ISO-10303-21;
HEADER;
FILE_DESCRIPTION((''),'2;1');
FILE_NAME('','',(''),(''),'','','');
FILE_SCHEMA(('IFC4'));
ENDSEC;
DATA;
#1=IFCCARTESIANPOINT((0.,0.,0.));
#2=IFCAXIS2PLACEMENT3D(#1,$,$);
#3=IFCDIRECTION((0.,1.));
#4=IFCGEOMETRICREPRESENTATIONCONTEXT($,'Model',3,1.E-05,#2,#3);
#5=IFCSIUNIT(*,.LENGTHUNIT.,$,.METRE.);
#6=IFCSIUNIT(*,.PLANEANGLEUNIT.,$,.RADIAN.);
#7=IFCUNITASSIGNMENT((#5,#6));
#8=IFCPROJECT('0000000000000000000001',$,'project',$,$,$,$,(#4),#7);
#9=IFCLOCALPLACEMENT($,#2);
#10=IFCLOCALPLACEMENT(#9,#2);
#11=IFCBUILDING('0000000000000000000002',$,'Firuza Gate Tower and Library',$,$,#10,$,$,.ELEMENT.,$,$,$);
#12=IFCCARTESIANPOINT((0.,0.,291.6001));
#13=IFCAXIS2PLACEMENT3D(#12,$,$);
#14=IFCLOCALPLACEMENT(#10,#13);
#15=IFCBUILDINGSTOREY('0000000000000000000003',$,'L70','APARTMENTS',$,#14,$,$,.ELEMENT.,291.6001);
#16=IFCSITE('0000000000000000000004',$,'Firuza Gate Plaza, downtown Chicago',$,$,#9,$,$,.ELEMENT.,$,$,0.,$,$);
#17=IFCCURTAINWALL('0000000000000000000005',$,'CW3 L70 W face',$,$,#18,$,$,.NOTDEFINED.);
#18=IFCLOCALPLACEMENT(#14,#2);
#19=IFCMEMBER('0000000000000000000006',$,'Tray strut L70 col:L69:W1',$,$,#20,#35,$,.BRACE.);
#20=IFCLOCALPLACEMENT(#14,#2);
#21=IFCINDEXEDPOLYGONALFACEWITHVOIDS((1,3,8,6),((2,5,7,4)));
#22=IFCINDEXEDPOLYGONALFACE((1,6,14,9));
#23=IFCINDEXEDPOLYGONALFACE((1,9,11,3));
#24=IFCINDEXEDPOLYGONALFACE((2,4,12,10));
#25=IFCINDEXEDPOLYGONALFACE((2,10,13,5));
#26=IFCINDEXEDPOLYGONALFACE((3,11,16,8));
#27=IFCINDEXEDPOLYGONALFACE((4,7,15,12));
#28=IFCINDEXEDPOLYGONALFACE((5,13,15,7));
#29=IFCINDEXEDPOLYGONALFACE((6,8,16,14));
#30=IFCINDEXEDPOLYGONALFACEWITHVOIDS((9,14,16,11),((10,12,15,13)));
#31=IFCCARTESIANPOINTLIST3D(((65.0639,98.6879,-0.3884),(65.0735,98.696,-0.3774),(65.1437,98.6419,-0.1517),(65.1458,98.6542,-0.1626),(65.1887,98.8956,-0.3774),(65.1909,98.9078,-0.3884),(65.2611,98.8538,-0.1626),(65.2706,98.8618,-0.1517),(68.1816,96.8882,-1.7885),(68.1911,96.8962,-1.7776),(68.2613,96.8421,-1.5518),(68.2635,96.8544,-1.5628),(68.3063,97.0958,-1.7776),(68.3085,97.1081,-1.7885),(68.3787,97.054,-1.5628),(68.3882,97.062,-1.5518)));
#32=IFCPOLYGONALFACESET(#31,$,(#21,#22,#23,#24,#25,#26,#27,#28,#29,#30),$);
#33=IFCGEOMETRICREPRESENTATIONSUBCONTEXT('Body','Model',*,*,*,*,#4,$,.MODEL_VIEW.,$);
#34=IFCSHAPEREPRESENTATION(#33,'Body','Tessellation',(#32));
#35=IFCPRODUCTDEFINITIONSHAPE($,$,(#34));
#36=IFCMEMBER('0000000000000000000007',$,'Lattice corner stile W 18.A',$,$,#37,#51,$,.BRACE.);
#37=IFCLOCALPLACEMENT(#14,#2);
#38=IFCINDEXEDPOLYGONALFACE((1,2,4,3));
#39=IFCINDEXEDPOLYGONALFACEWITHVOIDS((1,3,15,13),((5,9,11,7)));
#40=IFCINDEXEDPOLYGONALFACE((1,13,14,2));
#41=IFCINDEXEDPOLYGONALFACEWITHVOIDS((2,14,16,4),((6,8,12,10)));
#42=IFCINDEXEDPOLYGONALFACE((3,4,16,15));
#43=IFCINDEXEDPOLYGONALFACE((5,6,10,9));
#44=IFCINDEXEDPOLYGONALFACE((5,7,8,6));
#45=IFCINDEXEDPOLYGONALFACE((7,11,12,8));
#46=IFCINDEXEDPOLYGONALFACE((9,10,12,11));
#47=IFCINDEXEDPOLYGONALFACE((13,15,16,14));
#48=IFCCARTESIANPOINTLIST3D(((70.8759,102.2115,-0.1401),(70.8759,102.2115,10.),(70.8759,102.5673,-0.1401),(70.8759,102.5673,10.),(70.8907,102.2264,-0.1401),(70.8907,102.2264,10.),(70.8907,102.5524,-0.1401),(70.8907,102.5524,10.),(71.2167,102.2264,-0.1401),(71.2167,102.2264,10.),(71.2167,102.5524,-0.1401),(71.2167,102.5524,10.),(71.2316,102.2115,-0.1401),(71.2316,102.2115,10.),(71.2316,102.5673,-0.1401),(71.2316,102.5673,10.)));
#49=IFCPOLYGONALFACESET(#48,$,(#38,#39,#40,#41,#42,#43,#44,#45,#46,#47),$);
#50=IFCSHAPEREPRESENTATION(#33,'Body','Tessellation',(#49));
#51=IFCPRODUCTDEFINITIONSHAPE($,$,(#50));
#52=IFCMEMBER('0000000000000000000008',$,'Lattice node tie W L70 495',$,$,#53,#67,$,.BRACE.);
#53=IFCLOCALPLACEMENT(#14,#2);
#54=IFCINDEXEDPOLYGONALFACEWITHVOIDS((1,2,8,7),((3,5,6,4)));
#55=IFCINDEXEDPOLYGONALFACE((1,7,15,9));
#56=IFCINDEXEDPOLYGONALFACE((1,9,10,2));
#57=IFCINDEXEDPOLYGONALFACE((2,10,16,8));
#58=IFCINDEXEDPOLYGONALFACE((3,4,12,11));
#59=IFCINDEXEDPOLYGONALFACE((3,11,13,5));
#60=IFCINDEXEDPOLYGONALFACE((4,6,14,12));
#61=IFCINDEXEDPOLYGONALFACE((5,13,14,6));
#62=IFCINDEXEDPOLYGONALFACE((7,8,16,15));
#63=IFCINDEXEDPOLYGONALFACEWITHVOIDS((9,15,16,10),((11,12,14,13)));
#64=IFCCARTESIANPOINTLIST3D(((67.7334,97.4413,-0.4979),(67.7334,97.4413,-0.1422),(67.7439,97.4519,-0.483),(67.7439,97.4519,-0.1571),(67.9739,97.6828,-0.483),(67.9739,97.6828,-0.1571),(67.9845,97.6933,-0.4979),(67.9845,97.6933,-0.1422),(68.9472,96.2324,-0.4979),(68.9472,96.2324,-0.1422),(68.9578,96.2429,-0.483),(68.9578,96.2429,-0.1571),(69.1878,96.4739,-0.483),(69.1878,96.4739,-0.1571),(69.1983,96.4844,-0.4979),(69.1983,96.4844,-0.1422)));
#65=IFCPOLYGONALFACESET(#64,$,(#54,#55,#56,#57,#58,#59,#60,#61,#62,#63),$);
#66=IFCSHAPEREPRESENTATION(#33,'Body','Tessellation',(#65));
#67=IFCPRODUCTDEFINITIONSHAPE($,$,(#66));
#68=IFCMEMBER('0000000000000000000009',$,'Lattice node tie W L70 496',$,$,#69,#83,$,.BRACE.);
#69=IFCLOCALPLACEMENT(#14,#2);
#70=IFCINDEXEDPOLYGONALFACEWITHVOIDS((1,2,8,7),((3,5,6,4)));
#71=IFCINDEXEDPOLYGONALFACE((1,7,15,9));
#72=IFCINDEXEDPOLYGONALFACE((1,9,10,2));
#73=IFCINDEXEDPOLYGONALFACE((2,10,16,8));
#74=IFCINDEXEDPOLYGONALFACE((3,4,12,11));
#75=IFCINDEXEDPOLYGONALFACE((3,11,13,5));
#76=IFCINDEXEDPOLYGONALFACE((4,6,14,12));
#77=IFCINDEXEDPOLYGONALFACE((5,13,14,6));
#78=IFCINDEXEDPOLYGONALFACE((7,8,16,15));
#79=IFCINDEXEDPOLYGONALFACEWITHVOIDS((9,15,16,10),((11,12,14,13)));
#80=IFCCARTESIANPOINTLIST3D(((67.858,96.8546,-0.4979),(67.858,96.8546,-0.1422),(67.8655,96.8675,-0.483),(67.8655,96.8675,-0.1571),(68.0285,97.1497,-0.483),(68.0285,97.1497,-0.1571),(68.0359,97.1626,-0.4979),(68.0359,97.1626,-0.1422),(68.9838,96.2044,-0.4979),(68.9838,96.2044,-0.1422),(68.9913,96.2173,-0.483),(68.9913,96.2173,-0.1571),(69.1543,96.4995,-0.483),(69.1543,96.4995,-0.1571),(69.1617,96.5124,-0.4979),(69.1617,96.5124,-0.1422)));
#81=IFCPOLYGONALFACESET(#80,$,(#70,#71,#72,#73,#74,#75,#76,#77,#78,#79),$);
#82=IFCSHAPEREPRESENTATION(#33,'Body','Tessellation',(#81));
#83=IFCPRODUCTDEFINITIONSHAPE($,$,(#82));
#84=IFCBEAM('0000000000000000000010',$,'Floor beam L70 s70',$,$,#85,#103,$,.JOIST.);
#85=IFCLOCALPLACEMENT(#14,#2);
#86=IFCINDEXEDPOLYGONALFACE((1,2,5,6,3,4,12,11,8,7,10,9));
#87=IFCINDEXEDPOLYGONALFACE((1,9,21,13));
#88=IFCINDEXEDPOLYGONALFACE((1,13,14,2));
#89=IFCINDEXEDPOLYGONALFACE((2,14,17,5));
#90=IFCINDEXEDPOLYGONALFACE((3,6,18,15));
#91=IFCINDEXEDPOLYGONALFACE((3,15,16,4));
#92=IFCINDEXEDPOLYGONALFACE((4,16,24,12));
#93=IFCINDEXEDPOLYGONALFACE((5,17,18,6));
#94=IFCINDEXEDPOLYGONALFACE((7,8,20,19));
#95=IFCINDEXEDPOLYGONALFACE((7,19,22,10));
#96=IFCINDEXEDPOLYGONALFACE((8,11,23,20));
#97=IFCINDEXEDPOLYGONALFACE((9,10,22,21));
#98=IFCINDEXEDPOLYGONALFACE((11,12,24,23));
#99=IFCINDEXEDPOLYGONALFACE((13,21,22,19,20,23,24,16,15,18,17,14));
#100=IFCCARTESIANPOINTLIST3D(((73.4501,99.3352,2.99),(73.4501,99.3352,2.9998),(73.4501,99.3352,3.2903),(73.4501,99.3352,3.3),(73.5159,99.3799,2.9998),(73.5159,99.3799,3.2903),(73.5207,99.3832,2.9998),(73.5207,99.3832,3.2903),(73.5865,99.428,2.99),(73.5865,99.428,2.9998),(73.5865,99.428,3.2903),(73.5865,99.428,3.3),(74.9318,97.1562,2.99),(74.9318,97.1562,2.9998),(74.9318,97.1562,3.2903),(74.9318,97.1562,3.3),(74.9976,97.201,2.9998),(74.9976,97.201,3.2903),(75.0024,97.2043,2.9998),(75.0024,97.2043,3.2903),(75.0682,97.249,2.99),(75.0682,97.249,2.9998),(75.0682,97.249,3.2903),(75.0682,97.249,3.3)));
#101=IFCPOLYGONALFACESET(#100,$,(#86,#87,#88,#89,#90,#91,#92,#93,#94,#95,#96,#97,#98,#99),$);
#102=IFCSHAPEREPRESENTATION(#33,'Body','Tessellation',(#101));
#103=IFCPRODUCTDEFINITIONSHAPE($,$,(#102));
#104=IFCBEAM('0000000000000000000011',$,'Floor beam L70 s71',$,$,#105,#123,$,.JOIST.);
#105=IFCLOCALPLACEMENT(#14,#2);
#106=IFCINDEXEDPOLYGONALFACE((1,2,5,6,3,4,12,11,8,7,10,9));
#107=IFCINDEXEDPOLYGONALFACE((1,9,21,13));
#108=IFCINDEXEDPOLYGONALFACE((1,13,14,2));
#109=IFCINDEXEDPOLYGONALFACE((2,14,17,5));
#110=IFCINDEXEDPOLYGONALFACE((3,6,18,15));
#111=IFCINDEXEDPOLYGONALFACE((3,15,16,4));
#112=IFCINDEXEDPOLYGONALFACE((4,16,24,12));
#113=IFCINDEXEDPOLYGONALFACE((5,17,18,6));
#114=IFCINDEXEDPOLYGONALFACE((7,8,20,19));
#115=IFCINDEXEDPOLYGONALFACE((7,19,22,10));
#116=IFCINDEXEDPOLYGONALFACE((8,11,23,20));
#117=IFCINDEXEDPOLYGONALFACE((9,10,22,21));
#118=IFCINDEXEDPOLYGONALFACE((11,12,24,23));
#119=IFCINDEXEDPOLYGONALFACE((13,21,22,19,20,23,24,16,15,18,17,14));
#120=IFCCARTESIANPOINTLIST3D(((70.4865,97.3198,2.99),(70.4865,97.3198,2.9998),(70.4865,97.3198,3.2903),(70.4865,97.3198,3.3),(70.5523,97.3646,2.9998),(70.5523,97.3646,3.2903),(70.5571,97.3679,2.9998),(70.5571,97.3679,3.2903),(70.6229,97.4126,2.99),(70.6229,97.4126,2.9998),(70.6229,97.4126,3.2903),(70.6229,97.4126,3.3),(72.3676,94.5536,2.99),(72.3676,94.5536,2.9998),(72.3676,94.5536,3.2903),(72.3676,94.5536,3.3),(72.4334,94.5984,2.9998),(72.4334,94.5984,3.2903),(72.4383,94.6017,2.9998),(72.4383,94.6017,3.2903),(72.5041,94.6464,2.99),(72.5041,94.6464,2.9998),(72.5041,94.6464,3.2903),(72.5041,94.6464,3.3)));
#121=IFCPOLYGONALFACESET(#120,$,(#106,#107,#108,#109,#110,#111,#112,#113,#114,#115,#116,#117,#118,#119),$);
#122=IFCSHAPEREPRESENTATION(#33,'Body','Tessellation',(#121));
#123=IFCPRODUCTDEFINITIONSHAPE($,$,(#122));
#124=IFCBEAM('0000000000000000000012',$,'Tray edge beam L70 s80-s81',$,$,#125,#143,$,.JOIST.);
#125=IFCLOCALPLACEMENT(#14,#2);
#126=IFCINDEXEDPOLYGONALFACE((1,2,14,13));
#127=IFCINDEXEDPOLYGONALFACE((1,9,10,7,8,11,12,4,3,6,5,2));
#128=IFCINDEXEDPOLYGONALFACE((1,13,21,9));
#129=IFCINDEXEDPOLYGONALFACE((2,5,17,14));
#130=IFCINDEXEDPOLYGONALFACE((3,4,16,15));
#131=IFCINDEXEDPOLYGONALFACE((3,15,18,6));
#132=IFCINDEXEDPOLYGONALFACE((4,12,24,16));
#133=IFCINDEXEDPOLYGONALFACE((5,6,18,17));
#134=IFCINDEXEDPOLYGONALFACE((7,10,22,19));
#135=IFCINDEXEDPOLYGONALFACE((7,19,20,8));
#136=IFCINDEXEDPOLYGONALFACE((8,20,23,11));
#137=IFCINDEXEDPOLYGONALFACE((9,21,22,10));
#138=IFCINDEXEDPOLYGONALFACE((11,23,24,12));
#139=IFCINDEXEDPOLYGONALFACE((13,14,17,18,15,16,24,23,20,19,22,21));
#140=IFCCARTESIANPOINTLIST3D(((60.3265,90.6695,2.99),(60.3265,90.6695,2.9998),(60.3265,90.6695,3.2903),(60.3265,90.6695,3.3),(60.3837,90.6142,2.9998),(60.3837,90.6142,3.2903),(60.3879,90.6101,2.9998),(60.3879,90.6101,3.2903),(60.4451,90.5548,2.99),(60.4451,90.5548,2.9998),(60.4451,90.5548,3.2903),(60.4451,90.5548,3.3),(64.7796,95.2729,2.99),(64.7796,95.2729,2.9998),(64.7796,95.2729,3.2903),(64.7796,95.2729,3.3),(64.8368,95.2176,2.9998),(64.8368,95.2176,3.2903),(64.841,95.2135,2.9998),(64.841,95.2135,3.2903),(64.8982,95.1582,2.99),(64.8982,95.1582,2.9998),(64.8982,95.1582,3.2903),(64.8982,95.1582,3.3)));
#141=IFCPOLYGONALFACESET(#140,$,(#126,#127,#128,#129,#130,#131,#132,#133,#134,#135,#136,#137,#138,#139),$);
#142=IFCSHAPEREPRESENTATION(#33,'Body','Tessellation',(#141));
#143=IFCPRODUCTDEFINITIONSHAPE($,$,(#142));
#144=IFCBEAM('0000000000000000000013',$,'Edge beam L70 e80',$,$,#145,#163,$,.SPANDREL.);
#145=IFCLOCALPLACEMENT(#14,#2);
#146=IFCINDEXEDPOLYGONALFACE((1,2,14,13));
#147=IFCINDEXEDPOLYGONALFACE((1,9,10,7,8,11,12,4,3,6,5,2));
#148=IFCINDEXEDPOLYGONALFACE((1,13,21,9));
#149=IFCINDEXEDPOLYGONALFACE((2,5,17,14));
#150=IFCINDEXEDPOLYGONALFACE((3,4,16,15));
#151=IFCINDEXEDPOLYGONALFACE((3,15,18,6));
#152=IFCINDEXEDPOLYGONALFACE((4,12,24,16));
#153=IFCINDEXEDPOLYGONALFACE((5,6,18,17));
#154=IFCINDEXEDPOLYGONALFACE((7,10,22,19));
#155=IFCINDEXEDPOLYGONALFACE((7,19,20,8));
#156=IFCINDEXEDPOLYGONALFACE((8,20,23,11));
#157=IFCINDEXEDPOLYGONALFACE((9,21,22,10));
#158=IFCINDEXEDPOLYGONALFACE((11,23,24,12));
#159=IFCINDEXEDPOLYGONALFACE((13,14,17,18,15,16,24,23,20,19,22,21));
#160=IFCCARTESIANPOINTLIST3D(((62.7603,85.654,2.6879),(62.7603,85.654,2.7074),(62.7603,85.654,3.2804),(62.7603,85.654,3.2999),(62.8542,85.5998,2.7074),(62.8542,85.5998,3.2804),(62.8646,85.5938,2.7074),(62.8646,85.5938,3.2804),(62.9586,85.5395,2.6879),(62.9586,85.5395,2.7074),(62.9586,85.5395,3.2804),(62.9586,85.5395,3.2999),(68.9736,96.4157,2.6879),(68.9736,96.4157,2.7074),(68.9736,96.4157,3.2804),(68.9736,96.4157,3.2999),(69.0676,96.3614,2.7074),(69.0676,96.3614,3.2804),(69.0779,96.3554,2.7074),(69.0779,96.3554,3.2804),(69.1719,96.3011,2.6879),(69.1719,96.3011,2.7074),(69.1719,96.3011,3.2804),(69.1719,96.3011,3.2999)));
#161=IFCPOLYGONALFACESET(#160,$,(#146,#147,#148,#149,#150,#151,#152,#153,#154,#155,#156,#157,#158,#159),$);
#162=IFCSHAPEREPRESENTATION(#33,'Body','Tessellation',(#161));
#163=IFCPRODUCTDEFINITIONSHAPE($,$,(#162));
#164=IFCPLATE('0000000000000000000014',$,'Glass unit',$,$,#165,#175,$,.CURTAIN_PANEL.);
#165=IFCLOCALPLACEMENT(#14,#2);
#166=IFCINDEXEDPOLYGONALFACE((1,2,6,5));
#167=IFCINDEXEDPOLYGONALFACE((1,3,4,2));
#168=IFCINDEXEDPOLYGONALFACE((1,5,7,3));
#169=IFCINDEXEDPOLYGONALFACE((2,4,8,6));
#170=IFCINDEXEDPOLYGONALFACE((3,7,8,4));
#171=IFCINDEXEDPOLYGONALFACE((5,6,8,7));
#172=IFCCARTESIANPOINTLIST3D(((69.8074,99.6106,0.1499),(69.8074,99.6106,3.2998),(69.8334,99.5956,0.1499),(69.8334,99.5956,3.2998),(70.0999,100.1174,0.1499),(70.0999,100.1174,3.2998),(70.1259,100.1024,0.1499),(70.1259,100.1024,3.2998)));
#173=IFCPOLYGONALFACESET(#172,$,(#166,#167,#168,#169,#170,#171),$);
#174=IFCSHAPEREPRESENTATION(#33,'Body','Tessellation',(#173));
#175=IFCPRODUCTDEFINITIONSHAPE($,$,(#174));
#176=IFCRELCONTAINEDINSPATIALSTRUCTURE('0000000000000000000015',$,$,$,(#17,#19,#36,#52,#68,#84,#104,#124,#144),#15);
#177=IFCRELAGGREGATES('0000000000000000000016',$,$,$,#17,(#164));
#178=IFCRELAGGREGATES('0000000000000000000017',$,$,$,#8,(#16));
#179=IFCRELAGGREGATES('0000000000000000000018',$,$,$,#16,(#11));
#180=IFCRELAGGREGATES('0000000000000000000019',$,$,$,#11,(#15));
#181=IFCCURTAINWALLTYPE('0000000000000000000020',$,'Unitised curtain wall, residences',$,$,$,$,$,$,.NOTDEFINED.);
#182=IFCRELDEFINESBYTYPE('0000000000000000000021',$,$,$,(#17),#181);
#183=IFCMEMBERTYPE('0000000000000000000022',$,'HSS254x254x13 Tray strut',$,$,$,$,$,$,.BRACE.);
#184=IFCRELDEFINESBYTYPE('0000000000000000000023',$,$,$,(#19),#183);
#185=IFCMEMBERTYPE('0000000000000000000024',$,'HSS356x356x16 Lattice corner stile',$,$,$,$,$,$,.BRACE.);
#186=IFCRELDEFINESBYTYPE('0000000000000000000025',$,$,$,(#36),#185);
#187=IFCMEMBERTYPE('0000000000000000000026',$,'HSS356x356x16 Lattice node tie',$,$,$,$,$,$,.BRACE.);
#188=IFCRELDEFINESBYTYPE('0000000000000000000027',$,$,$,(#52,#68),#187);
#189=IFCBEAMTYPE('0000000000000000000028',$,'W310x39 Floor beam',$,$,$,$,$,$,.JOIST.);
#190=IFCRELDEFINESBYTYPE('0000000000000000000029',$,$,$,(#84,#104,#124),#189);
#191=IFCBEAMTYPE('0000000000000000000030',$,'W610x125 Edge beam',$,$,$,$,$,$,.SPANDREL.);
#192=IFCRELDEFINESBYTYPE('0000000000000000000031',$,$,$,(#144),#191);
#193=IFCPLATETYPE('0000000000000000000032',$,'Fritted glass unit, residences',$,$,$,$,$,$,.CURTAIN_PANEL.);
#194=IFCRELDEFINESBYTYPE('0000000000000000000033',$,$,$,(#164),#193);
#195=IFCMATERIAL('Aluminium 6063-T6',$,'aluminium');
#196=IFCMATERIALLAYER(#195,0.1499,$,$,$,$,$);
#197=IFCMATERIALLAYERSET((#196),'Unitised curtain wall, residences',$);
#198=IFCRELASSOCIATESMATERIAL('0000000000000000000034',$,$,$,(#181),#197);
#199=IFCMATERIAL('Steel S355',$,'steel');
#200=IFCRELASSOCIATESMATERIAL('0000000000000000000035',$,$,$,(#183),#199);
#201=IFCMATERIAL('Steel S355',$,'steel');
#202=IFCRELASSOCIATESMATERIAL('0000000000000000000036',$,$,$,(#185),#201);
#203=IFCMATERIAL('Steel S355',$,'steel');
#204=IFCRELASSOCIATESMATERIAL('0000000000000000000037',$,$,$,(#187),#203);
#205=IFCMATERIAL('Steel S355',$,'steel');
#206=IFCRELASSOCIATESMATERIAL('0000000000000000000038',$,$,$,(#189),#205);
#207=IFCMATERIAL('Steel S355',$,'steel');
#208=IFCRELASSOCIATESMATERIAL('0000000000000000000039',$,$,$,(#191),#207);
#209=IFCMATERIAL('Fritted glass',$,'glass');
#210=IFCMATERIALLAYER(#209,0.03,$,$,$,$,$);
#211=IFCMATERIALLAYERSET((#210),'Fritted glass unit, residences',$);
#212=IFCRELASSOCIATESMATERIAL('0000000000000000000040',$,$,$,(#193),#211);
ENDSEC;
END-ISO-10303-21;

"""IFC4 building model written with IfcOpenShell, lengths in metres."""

from ifc_helpers import new_model, si_unit, direction, frame, origin, origin_2d, place, context, subcontext, project, spatial, polyline, hollow_rectangle, i_section, outline, extrude, material, layer, layer_set, material_profile, profile_set, type_object, element, aggregate, save


model = new_model("IFC4")

# Units and contexts
model_context = context("Model", 3, precision=1e-05, world=origin(), true_north=direction((0.0, 1.0)))
body_context = subcontext(model_context, "Body", "Model", "MODEL_VIEW")
ifc_project = project(units=[si_unit("LENGTHUNIT", "METRE"), si_unit("PLANEANGLEUNIT", "RADIAN")], contexts=[model_context])

# Site, building, storey
site_placement = place(None, origin())
site = spatial("IfcSite", under=ifc_project, at=site_placement, Name="Firuza Gate Plaza, downtown Chicago", CompositionType="ELEMENT", RefElevation=0.0)
building_placement = place(site_placement, origin())
building = spatial("IfcBuilding", under=site, at=building_placement, Name="Firuza Gate Tower and Library", CompositionType="ELEMENT")
storey_placement = place(building_placement, frame((0.0, 0.0, 291.6001)))
storey = spatial("IfcBuildingStorey", under=building, at=storey_placement, Name="L70", Description="APARTMENTS", CompositionType="ELEMENT", Elevation=291.6001)

# Curtain wall
ifc_material_1 = material(Name="Aluminium 6063-T6", Category="aluminium")
ifc_layer_1 = layer(ifc_material_1, 0.1499)
ifc_layer_set_1 = layer_set([ifc_layer_1], Name="Unitised curtain wall, residences")
curtain_wall_type_1 = type_object("IfcCurtainWallType", Name="Unitised curtain wall, residences", PredefinedType="NOTDEFINED", material=ifc_layer_set_1)
placement = place(storey_placement, origin())
curtain_wall_1 = element("IfcCurtainWall", 1, at=placement, inside=storey, type_object=curtain_wall_type_1, Name="CW3 L70 W face", PredefinedType="NOTDEFINED")

# Members
ifc_material_2 = material(Name="Steel S355", Category="steel")
ifc_material_profile_1 = material_profile(ifc_material_2, hollow_rectangle(XDim=0.2539, YDim=0.2539, WallThickness=0.0117, at=origin_2d()))
ifc_profile_set_1 = profile_set([ifc_material_profile_1], Name="Steel S355")
member_type_1 = type_object("IfcMemberType", Name="HSS254x254x13 Tray strut", PredefinedType="BRACE", material=ifc_profile_set_1)
member_1_placement = place(storey_placement, frame((68.2849, 96.9751, -1.6702), z_axis=(-0.807146, 0.465958, 0.362489), x_axis=(-0.499961, -0.866048, 0.0)))
element("IfcMember", 2, at=member_1_placement, inside=storey, type_object=member_type_1, Name="Tray strut L70 col:L69:W1", PredefinedType="BRACE", context=body_context, shape_type="SweptSolid", body=[
    extrude(hollow_rectangle(XDim=0.2539, YDim=0.2539, WallThickness=0.0117, at=origin_2d()), origin(), (0.0, 0.0, 1.0), 3.8625),
])
ifc_material_3 = material(Name="Steel S355", Category="steel")
ifc_material_profile_2 = material_profile(ifc_material_3, hollow_rectangle(XDim=0.3557, YDim=0.3557, WallThickness=0.0149, at=origin_2d()))
ifc_profile_set_2 = profile_set([ifc_material_profile_2], Name="Steel S355")
member_type_2 = type_object("IfcMemberType", Name="HSS356x356x16 Lattice corner stile", PredefinedType="BRACE", material=ifc_profile_set_2)
member_2_placement = place(storey_placement, frame((71.0537, 102.3894, -0.1401), z_axis=(0.0, 0.0, 1.0), x_axis=(1.0, 0.0, 0.0)))
element("IfcMember", 3, at=member_2_placement, inside=storey, type_object=member_type_2, Name="Lattice corner stile W 18.A", PredefinedType="BRACE", context=body_context, shape_type="SweptSolid", body=[
    extrude(hollow_rectangle(XDim=0.3557, YDim=0.3557, WallThickness=0.0149, at=origin_2d()), origin(), (0.0, 0.0, 1.0), 10.1401),
])
ifc_material_4 = material(Name="Steel S355", Category="steel")
ifc_material_profile_3 = material_profile(ifc_material_4, hollow_rectangle(XDim=0.3557, YDim=0.3557, WallThickness=0.0149, at=origin_2d()))
ifc_profile_set_3 = profile_set([ifc_material_profile_3], Name="Steel S355")
member_type_3 = type_object("IfcMemberType", Name="HSS356x356x16 Lattice node tie", PredefinedType="BRACE", material=ifc_profile_set_3)
member_3_placement = place(storey_placement, frame((69.0728, 96.3584, -0.3201), z_axis=(-0.70853, 0.70568, 0.0), x_axis=(-0.70568, -0.70853, 0.0)))
element("IfcMember", 4, at=member_3_placement, inside=storey, type_object=member_type_3, Name="Lattice node tie W L70 495", PredefinedType="BRACE", context=body_context, shape_type="SweptSolid", body=[
    extrude(hollow_rectangle(XDim=0.3557, YDim=0.3557, WallThickness=0.0149, at=origin_2d()), origin(), (0.0, 0.0, 1.0), 1.7131),
])
member_4_placement = place(storey_placement, frame((69.0728, 96.3584, -0.3201), z_axis=(-0.865957, 0.500118, 0.0), x_axis=(-0.500118, -0.865957, 0.0)))
element("IfcMember", 5, at=member_4_placement, inside=storey, type_object=member_type_3, Name="Lattice node tie W L70 496", PredefinedType="BRACE", context=body_context, shape_type="SweptSolid", body=[
    extrude(hollow_rectangle(XDim=0.3557, YDim=0.3557, WallThickness=0.0149, at=origin_2d()), origin(), (0.0, 0.0, 1.0), 1.3),
])

# Beams
ifc_material_5 = material(Name="Steel S355", Category="steel")
ifc_material_profile_4 = material_profile(ifc_material_5, i_section(OverallWidth=0.165, OverallDepth=0.3101, WebThickness=0.0059, FlangeThickness=0.0098, at=origin_2d()))
ifc_profile_set_4 = profile_set([ifc_material_profile_4], Name="Steel S355")
beam_type_1 = type_object("IfcBeamType", Name="W310x39 Floor beam", PredefinedType="JOIST", material=ifc_profile_set_4)
beam_1_placement = place(storey_placement, frame((73.5183, 99.3816, 3.145), z_axis=(0.56231, -0.826927, 0.0), x_axis=(0.826927, 0.56231, 0.0)))
element("IfcBeam", 6, at=beam_1_placement, inside=storey, type_object=beam_type_1, Name="Floor beam L70 s70", PredefinedType="JOIST", context=body_context, shape_type="SweptSolid", body=[
    extrude(i_section(OverallWidth=0.165, OverallDepth=0.3101, WebThickness=0.0059, FlangeThickness=0.0098, at=origin_2d()), origin(), (0.0, 0.0, 1.0), 2.635),
])
beam_2_placement = place(storey_placement, frame((70.5547, 97.3662, 3.145), z_axis=(0.56234, -0.826906, 0.0), x_axis=(0.826906, 0.56234, 0.0)))
element("IfcBeam", 7, at=beam_2_placement, inside=storey, type_object=beam_type_1, Name="Floor beam L70 s71", PredefinedType="JOIST", context=body_context, shape_type="SweptSolid", body=[
    extrude(i_section(OverallWidth=0.165, OverallDepth=0.3101, WebThickness=0.0059, FlangeThickness=0.0098, at=origin_2d()), origin(), (0.0, 0.0, 1.0), 3.3452),
])
beam_3_placement = place(storey_placement, frame((64.8389, 95.2156, 3.145), z_axis=(-0.695269, -0.71875, 0.0), x_axis=(0.71875, -0.695269, 0.0)))
element("IfcBeam", 8, at=beam_3_placement, inside=storey, type_object=beam_type_1, Name="Tray edge beam L70 s80-s81", PredefinedType="JOIST", context=body_context, shape_type="SweptSolid", body=[
    extrude(i_section(OverallWidth=0.165, OverallDepth=0.3101, WebThickness=0.0059, FlangeThickness=0.0098, at=origin_2d()), origin(), (0.0, 0.0, 1.0), 6.4048),
])
ifc_material_6 = material(Name="Steel S355", Category="steel")
ifc_material_profile_5 = material_profile(ifc_material_6, i_section(OverallWidth=0.229, OverallDepth=0.6121, WebThickness=0.012, FlangeThickness=0.0195, at=origin_2d()))
ifc_profile_set_5 = profile_set([ifc_material_profile_5], Name="Steel S355")
beam_type_2 = type_object("IfcBeamType", Name="W610x125 Edge beam", PredefinedType="SPANDREL", material=ifc_profile_set_5)
beam_4_placement = place(storey_placement, frame((69.0728, 96.3584, 2.9939), z_axis=(-0.500006, -0.866022, 0.0), x_axis=(0.866022, -0.500006, 0.0)))
element("IfcBeam", 9, at=beam_4_placement, inside=storey, type_object=beam_type_2, Name="Edge beam L70 e80", PredefinedType="SPANDREL", context=body_context, shape_type="SweptSolid", body=[
    extrude(i_section(OverallWidth=0.229, OverallDepth=0.6121, WebThickness=0.012, FlangeThickness=0.0195, at=origin_2d()), origin(), (0.0, 0.0, 1.0), 12.4265),
])

# Plate
ifc_material_7 = material(Name="Fritted glass", Category="glass")
ifc_layer_2 = layer(ifc_material_7, 0.03)
ifc_layer_set_2 = layer_set([ifc_layer_2], Name="Fritted glass unit, residences")
plate_type_1 = type_object("IfcPlateType", Name="Fritted glass unit, residences", PredefinedType="CURTAIN_PANEL", material=ifc_layer_set_2)
plate_1_placement = place(storey_placement, frame((70.0999, 100.1174, 0.1499), z_axis=(-0.86613, 0.499819, 0.0), x_axis=(-0.499819, -0.86613, 0.0)))
plate_1 = element("IfcPlate", 10, at=plate_1_placement, type_object=plate_type_1, Name="Glass unit", PredefinedType="CURTAIN_PANEL", context=body_context, shape_type="SweptSolid", body=[
    extrude(outline(polyline([(0.0, 0.0), (0.5852, 0.0), (0.5852, 3.1499), (0.0, 3.1499), (0.0, 0.0)])), origin(), (0.0, 0.0, -1.0), 0.03),
])
aggregate(curtain_wall_1, [plate_1])

save(model, "model.ifc")
